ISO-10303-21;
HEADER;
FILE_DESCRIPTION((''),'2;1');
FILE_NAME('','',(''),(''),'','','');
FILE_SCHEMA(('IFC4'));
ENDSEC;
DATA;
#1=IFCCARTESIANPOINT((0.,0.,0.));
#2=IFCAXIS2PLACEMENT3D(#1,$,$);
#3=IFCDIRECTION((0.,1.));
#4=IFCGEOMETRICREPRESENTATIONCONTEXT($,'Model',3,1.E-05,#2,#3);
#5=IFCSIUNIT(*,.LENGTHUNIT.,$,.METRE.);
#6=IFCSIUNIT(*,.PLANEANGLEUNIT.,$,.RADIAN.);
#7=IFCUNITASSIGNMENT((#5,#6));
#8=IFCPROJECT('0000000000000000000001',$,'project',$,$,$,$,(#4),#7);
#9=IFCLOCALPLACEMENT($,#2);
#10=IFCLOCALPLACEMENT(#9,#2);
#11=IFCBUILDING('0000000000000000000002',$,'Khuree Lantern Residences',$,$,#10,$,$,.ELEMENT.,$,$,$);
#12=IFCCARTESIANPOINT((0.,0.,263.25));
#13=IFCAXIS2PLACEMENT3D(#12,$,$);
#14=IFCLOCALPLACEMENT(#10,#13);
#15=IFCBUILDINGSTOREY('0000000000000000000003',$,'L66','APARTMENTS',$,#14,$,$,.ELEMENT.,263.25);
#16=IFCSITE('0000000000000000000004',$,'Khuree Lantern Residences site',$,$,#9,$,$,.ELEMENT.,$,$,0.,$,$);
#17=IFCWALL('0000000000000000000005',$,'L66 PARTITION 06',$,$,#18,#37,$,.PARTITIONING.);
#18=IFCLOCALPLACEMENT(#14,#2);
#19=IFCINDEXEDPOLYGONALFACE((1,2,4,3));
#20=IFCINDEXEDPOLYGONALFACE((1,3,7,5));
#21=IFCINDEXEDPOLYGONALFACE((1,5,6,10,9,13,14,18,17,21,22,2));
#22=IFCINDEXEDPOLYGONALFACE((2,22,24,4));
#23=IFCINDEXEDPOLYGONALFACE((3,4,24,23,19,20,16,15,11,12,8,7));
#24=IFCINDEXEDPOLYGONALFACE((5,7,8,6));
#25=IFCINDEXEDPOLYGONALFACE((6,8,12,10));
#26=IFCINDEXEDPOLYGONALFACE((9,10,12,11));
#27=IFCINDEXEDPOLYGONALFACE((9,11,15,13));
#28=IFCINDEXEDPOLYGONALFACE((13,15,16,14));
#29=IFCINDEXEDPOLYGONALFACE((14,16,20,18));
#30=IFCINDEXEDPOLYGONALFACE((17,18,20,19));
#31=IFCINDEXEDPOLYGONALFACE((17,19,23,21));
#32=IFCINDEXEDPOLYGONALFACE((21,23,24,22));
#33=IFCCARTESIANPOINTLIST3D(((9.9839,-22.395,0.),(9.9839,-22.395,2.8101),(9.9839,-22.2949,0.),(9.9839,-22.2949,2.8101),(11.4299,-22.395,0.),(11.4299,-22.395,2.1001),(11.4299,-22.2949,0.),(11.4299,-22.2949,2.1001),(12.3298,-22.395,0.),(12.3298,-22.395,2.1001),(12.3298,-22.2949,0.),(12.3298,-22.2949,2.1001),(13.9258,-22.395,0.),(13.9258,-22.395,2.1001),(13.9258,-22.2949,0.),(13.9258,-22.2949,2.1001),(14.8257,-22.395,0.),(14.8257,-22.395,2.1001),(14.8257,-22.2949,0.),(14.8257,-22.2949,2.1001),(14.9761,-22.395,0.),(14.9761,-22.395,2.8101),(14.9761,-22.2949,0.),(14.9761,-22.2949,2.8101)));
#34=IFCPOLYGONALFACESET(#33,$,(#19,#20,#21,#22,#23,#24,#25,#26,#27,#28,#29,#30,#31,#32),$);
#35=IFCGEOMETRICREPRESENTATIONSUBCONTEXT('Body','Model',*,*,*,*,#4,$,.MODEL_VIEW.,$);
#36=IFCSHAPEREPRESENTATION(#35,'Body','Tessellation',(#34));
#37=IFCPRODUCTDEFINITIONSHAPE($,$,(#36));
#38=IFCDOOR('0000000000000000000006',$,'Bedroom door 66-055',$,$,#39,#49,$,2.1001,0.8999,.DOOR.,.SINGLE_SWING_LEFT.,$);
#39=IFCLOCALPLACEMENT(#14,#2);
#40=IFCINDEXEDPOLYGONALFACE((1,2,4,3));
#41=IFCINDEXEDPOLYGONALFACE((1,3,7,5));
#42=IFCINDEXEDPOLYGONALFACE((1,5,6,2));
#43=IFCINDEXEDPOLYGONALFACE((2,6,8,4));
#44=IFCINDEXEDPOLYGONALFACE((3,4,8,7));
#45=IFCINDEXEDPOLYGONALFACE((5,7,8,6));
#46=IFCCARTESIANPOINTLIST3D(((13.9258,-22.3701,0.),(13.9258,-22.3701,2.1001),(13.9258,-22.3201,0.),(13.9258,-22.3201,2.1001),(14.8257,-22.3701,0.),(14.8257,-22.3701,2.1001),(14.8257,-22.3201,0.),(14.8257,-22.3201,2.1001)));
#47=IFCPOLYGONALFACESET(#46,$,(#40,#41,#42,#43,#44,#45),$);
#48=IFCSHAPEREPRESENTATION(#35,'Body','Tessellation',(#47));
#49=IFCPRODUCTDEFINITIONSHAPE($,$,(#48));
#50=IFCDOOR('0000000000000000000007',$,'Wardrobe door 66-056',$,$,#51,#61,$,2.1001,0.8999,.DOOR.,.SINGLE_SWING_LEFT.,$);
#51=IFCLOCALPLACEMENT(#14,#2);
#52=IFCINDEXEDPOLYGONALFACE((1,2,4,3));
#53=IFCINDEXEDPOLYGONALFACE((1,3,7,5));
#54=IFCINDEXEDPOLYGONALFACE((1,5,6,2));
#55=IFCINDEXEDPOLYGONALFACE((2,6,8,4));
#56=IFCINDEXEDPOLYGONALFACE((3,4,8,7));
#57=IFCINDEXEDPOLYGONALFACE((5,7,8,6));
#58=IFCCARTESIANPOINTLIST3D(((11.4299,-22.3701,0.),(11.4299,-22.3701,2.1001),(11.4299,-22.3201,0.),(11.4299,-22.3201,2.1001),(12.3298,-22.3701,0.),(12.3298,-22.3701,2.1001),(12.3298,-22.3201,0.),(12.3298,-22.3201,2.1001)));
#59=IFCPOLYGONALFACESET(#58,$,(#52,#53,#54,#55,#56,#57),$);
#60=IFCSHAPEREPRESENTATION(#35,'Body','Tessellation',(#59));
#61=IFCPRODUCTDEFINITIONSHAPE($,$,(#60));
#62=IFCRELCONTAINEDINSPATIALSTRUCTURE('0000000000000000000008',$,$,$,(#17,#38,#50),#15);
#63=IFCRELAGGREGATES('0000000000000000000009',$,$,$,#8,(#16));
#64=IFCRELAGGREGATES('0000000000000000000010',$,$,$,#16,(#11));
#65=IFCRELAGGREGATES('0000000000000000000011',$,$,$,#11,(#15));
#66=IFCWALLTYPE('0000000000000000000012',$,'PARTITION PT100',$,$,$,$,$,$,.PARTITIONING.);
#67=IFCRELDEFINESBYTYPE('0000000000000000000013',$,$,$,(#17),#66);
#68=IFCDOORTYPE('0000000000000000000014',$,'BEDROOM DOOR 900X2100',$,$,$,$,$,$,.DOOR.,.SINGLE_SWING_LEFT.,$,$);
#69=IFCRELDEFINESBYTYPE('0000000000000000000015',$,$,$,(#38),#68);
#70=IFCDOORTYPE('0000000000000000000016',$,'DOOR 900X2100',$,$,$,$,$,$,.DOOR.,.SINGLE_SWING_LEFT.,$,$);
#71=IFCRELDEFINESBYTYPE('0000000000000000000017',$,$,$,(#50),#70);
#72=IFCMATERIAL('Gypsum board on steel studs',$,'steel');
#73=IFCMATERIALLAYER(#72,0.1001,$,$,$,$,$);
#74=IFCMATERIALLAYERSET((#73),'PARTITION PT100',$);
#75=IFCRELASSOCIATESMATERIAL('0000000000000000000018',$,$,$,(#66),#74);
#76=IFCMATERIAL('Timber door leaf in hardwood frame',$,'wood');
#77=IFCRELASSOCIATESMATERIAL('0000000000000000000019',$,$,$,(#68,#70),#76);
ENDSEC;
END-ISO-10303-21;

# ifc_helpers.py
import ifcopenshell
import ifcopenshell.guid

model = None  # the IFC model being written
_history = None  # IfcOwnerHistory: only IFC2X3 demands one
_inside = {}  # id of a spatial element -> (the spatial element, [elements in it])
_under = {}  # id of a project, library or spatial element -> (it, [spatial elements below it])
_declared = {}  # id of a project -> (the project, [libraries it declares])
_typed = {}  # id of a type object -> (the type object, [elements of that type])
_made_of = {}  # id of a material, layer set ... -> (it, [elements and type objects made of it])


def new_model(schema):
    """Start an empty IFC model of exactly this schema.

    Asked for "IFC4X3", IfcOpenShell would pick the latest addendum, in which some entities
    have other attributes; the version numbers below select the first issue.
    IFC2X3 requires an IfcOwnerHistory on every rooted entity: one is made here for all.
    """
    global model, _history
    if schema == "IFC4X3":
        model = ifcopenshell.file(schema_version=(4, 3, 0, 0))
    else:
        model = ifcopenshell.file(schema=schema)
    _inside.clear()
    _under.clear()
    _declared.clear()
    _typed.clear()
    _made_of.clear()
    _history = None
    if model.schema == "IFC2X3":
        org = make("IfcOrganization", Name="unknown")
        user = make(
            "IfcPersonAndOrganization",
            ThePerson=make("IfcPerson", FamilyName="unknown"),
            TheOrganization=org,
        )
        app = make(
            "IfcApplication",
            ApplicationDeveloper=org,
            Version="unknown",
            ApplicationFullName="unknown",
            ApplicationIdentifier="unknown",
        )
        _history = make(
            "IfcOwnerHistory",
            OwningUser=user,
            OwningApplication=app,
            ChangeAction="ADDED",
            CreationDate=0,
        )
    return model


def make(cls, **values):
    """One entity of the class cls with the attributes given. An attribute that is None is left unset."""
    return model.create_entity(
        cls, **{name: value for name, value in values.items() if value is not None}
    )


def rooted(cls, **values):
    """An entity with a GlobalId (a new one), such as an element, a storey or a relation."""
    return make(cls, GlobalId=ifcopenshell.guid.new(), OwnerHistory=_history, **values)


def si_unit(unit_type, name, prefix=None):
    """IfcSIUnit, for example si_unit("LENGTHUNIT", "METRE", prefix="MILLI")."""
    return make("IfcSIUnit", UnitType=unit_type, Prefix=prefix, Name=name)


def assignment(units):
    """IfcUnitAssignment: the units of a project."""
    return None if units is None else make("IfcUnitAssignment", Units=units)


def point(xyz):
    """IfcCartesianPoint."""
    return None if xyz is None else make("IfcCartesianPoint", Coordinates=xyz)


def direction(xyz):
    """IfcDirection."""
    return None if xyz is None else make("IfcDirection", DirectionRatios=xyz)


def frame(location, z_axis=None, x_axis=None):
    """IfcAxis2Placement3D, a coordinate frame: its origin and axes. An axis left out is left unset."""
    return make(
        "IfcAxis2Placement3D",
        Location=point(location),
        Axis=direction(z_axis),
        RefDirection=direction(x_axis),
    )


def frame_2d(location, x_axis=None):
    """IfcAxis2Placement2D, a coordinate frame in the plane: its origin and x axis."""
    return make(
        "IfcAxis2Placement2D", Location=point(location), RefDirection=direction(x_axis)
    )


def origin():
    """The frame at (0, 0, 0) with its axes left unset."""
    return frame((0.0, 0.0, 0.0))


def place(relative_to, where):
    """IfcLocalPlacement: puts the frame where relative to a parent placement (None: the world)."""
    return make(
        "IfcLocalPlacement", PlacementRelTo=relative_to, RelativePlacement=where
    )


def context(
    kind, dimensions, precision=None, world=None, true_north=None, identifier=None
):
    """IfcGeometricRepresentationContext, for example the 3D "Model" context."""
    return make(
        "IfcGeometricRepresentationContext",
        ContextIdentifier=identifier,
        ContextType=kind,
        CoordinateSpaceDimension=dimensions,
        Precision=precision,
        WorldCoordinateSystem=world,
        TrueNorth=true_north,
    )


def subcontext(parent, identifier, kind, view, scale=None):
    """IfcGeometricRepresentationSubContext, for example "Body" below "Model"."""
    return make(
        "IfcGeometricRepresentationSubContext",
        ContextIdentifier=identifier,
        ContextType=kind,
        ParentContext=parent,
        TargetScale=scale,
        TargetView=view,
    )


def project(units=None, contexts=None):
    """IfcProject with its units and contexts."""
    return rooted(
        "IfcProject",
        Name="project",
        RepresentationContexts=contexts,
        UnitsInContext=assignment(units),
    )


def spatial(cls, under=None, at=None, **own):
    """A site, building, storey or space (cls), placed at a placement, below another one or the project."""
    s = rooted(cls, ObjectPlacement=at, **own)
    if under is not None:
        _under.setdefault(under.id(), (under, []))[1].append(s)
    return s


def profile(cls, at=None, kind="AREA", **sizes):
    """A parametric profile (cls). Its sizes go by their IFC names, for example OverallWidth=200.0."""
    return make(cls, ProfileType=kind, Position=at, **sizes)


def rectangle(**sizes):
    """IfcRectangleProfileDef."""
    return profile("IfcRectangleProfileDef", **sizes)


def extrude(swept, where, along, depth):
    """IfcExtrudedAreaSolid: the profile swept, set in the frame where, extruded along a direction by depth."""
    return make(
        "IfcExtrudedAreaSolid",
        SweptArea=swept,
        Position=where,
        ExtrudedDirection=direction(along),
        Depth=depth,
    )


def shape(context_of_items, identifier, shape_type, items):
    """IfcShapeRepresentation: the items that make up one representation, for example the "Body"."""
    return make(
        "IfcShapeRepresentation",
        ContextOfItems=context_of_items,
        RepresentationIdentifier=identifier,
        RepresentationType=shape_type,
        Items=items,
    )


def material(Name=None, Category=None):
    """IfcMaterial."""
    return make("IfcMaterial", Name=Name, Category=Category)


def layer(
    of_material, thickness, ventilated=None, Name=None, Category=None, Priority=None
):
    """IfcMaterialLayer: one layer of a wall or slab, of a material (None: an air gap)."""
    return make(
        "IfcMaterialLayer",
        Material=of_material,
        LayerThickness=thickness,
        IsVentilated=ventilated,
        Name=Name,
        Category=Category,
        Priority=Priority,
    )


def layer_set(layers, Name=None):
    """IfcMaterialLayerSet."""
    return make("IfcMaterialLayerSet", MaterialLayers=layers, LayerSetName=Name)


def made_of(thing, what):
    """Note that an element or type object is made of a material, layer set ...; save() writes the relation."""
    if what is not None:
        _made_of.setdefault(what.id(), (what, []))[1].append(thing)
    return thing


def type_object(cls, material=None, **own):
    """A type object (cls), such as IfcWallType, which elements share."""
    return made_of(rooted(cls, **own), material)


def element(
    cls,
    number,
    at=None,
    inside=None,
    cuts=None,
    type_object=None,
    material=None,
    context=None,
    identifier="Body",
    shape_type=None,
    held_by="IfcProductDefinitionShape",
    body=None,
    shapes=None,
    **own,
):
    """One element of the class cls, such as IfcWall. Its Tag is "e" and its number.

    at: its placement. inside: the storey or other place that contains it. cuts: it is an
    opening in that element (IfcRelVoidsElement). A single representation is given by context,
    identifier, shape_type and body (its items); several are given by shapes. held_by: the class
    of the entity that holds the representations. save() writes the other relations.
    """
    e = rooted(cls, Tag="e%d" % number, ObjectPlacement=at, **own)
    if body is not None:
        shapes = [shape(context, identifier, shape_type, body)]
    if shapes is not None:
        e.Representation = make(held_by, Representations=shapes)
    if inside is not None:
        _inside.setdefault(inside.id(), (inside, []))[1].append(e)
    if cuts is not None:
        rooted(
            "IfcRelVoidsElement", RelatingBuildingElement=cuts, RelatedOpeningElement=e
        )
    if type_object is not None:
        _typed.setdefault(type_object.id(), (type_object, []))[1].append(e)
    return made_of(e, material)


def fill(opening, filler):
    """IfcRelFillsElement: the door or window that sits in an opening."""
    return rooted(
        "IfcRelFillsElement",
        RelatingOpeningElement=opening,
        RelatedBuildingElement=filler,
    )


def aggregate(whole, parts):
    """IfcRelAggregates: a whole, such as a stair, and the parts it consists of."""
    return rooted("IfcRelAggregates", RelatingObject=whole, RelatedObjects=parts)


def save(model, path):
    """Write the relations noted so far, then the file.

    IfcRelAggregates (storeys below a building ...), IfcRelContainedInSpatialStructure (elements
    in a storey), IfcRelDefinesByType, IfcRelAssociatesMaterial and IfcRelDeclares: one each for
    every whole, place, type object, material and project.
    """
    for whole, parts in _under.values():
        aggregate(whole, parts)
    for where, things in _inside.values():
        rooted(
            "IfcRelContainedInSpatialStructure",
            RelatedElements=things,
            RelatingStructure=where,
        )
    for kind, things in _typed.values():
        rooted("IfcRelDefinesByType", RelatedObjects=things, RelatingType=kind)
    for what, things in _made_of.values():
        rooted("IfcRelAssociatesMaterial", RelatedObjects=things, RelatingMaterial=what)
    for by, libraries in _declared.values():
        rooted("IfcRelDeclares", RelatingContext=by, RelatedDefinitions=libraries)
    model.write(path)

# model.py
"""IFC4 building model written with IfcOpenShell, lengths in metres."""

from ifc_helpers import new_model, si_unit, direction, frame, frame_2d, origin, place, context, subcontext, project, spatial, rectangle, extrude, material, layer, layer_set, type_object, element, fill, save


model = new_model("IFC4")

# Units and contexts
model_context = context("Model", 3, precision=1e-05, world=origin(), true_north=direction((0.0, 1.0)))
body_context = subcontext(model_context, "Body", "Model", "MODEL_VIEW")
ifc_project = project(units=[si_unit("LENGTHUNIT", "METRE"), si_unit("PLANEANGLEUNIT", "RADIAN")], contexts=[model_context])

# Site, building, storey
site_placement = place(None, origin())
site = spatial("IfcSite", under=ifc_project, at=site_placement, Name="Khuree Lantern Residences site", CompositionType="ELEMENT", RefElevation=0.0)
building_placement = place(site_placement, origin())
building = spatial("IfcBuilding", under=site, at=building_placement, Name="Khuree Lantern Residences", CompositionType="ELEMENT")
storey_placement = place(building_placement, frame((0.0, 0.0, 263.25)))
storey = spatial("IfcBuildingStorey", under=building, at=storey_placement, Name="L66", Description="APARTMENTS", CompositionType="ELEMENT", Elevation=263.25)

# Shared definitions
ifc_material_1 = material(Name="Gypsum board on steel studs", Category="steel")
ifc_layer_1 = layer(ifc_material_1, 0.1001)
ifc_layer_set_1 = layer_set([ifc_layer_1], Name="PARTITION PT100")
wall_type = type_object("IfcWallType", Name="PARTITION PT100", PredefinedType="PARTITIONING", material=ifc_layer_set_1)

# Shared definitions
ifc_material_2 = material(Name="Timber door leaf in hardwood frame", Category="wood")
door_type_1 = type_object("IfcDoorType", Name="BEDROOM DOOR 900X2100", OperationType="SINGLE_SWING_LEFT", PredefinedType="DOOR", material=ifc_material_2)
door_type_2 = type_object("IfcDoorType", Name="DOOR 900X2100", OperationType="SINGLE_SWING_LEFT", PredefinedType="DOOR", material=ifc_material_2)

# Wall, openings, doors
wall_1_placement = place(storey_placement, frame((9.9839, -22.345, 0.0), z_axis=(0.0, 0.0, 1.0), x_axis=(1.0, 0.0, 0.0)))
wall_1 = element("IfcWall", 1, at=wall_1_placement, inside=storey, type_object=wall_type, Name="L66 PARTITION 06", PredefinedType="PARTITIONING", context=body_context, shape_type="SweptSolid", body=[
    extrude(rectangle(XDim=4.9922, YDim=0.1001, at=frame_2d((2.4961, 0.0))), origin(), (0.0, 0.0, 1.0), 2.8101),
])
opening_1_placement = place(wall_1_placement, frame((3.9419, 0.0, 0.0)))
opening_1 = element("IfcOpeningElement", 2, at=opening_1_placement, cuts=wall_1, PredefinedType="OPENING", context=body_context, shape_type="SweptSolid", body=[
    extrude(rectangle(XDim=0.8999, YDim=2.1001, at=frame_2d((0.45, 1.05))), frame((0.0, 0.0601, 0.0), z_axis=(0.0, -1.0, 0.0), x_axis=(1.0, 0.0, 0.0)), (0.0, 0.0, 1.0), 0.1201),
])
opening_2_placement = place(wall_1_placement, frame((1.446, 0.0, 0.0)))
opening_2 = element("IfcOpeningElement", 3, at=opening_2_placement, cuts=wall_1, PredefinedType="OPENING", context=body_context, shape_type="SweptSolid", body=[
    extrude(rectangle(XDim=0.8999, YDim=2.1001, at=frame_2d((0.45, 1.05))), frame((0.0, 0.0601, 0.0), z_axis=(0.0, -1.0, 0.0), x_axis=(1.0, 0.0, 0.0)), (0.0, 0.0, 1.0), 0.1201),
])
door_1_placement = place(opening_1_placement, origin())
door_1 = element("IfcDoor", 4, at=door_1_placement, inside=storey, type_object=door_type_1, Name="Bedroom door 66-055", OperationType="SINGLE_SWING_LEFT", OverallHeight=2.1001, OverallWidth=0.8999, PredefinedType="DOOR", context=body_context, shape_type="SweptSolid", body=[
    extrude(rectangle(XDim=0.8999, YDim=2.1001, at=frame_2d((0.45, 1.05))), frame((0.0, 0.0249, 0.0), z_axis=(0.0, -1.0, 0.0), x_axis=(1.0, 0.0, 0.0)), (0.0, 0.0, 1.0), 0.05),
])
fill(opening_1, door_1)
door_2_placement = place(opening_2_placement, origin())
door_2 = element("IfcDoor", 5, at=door_2_placement, inside=storey, type_object=door_type_2, Name="Wardrobe door 66-056", OperationType="SINGLE_SWING_LEFT", OverallHeight=2.1001, OverallWidth=0.8999, PredefinedType="DOOR", context=body_context, shape_type="SweptSolid", body=[
    extrude(rectangle(XDim=0.8999, YDim=2.1001, at=frame_2d((0.45, 1.05))), frame((0.0, 0.0249, 0.0), z_axis=(0.0, -1.0, 0.0), x_axis=(1.0, 0.0, 0.0)), (0.0, 0.0, 1.0), 0.05),
])
fill(opening_2, door_2)

save(model, "model.ifc")
